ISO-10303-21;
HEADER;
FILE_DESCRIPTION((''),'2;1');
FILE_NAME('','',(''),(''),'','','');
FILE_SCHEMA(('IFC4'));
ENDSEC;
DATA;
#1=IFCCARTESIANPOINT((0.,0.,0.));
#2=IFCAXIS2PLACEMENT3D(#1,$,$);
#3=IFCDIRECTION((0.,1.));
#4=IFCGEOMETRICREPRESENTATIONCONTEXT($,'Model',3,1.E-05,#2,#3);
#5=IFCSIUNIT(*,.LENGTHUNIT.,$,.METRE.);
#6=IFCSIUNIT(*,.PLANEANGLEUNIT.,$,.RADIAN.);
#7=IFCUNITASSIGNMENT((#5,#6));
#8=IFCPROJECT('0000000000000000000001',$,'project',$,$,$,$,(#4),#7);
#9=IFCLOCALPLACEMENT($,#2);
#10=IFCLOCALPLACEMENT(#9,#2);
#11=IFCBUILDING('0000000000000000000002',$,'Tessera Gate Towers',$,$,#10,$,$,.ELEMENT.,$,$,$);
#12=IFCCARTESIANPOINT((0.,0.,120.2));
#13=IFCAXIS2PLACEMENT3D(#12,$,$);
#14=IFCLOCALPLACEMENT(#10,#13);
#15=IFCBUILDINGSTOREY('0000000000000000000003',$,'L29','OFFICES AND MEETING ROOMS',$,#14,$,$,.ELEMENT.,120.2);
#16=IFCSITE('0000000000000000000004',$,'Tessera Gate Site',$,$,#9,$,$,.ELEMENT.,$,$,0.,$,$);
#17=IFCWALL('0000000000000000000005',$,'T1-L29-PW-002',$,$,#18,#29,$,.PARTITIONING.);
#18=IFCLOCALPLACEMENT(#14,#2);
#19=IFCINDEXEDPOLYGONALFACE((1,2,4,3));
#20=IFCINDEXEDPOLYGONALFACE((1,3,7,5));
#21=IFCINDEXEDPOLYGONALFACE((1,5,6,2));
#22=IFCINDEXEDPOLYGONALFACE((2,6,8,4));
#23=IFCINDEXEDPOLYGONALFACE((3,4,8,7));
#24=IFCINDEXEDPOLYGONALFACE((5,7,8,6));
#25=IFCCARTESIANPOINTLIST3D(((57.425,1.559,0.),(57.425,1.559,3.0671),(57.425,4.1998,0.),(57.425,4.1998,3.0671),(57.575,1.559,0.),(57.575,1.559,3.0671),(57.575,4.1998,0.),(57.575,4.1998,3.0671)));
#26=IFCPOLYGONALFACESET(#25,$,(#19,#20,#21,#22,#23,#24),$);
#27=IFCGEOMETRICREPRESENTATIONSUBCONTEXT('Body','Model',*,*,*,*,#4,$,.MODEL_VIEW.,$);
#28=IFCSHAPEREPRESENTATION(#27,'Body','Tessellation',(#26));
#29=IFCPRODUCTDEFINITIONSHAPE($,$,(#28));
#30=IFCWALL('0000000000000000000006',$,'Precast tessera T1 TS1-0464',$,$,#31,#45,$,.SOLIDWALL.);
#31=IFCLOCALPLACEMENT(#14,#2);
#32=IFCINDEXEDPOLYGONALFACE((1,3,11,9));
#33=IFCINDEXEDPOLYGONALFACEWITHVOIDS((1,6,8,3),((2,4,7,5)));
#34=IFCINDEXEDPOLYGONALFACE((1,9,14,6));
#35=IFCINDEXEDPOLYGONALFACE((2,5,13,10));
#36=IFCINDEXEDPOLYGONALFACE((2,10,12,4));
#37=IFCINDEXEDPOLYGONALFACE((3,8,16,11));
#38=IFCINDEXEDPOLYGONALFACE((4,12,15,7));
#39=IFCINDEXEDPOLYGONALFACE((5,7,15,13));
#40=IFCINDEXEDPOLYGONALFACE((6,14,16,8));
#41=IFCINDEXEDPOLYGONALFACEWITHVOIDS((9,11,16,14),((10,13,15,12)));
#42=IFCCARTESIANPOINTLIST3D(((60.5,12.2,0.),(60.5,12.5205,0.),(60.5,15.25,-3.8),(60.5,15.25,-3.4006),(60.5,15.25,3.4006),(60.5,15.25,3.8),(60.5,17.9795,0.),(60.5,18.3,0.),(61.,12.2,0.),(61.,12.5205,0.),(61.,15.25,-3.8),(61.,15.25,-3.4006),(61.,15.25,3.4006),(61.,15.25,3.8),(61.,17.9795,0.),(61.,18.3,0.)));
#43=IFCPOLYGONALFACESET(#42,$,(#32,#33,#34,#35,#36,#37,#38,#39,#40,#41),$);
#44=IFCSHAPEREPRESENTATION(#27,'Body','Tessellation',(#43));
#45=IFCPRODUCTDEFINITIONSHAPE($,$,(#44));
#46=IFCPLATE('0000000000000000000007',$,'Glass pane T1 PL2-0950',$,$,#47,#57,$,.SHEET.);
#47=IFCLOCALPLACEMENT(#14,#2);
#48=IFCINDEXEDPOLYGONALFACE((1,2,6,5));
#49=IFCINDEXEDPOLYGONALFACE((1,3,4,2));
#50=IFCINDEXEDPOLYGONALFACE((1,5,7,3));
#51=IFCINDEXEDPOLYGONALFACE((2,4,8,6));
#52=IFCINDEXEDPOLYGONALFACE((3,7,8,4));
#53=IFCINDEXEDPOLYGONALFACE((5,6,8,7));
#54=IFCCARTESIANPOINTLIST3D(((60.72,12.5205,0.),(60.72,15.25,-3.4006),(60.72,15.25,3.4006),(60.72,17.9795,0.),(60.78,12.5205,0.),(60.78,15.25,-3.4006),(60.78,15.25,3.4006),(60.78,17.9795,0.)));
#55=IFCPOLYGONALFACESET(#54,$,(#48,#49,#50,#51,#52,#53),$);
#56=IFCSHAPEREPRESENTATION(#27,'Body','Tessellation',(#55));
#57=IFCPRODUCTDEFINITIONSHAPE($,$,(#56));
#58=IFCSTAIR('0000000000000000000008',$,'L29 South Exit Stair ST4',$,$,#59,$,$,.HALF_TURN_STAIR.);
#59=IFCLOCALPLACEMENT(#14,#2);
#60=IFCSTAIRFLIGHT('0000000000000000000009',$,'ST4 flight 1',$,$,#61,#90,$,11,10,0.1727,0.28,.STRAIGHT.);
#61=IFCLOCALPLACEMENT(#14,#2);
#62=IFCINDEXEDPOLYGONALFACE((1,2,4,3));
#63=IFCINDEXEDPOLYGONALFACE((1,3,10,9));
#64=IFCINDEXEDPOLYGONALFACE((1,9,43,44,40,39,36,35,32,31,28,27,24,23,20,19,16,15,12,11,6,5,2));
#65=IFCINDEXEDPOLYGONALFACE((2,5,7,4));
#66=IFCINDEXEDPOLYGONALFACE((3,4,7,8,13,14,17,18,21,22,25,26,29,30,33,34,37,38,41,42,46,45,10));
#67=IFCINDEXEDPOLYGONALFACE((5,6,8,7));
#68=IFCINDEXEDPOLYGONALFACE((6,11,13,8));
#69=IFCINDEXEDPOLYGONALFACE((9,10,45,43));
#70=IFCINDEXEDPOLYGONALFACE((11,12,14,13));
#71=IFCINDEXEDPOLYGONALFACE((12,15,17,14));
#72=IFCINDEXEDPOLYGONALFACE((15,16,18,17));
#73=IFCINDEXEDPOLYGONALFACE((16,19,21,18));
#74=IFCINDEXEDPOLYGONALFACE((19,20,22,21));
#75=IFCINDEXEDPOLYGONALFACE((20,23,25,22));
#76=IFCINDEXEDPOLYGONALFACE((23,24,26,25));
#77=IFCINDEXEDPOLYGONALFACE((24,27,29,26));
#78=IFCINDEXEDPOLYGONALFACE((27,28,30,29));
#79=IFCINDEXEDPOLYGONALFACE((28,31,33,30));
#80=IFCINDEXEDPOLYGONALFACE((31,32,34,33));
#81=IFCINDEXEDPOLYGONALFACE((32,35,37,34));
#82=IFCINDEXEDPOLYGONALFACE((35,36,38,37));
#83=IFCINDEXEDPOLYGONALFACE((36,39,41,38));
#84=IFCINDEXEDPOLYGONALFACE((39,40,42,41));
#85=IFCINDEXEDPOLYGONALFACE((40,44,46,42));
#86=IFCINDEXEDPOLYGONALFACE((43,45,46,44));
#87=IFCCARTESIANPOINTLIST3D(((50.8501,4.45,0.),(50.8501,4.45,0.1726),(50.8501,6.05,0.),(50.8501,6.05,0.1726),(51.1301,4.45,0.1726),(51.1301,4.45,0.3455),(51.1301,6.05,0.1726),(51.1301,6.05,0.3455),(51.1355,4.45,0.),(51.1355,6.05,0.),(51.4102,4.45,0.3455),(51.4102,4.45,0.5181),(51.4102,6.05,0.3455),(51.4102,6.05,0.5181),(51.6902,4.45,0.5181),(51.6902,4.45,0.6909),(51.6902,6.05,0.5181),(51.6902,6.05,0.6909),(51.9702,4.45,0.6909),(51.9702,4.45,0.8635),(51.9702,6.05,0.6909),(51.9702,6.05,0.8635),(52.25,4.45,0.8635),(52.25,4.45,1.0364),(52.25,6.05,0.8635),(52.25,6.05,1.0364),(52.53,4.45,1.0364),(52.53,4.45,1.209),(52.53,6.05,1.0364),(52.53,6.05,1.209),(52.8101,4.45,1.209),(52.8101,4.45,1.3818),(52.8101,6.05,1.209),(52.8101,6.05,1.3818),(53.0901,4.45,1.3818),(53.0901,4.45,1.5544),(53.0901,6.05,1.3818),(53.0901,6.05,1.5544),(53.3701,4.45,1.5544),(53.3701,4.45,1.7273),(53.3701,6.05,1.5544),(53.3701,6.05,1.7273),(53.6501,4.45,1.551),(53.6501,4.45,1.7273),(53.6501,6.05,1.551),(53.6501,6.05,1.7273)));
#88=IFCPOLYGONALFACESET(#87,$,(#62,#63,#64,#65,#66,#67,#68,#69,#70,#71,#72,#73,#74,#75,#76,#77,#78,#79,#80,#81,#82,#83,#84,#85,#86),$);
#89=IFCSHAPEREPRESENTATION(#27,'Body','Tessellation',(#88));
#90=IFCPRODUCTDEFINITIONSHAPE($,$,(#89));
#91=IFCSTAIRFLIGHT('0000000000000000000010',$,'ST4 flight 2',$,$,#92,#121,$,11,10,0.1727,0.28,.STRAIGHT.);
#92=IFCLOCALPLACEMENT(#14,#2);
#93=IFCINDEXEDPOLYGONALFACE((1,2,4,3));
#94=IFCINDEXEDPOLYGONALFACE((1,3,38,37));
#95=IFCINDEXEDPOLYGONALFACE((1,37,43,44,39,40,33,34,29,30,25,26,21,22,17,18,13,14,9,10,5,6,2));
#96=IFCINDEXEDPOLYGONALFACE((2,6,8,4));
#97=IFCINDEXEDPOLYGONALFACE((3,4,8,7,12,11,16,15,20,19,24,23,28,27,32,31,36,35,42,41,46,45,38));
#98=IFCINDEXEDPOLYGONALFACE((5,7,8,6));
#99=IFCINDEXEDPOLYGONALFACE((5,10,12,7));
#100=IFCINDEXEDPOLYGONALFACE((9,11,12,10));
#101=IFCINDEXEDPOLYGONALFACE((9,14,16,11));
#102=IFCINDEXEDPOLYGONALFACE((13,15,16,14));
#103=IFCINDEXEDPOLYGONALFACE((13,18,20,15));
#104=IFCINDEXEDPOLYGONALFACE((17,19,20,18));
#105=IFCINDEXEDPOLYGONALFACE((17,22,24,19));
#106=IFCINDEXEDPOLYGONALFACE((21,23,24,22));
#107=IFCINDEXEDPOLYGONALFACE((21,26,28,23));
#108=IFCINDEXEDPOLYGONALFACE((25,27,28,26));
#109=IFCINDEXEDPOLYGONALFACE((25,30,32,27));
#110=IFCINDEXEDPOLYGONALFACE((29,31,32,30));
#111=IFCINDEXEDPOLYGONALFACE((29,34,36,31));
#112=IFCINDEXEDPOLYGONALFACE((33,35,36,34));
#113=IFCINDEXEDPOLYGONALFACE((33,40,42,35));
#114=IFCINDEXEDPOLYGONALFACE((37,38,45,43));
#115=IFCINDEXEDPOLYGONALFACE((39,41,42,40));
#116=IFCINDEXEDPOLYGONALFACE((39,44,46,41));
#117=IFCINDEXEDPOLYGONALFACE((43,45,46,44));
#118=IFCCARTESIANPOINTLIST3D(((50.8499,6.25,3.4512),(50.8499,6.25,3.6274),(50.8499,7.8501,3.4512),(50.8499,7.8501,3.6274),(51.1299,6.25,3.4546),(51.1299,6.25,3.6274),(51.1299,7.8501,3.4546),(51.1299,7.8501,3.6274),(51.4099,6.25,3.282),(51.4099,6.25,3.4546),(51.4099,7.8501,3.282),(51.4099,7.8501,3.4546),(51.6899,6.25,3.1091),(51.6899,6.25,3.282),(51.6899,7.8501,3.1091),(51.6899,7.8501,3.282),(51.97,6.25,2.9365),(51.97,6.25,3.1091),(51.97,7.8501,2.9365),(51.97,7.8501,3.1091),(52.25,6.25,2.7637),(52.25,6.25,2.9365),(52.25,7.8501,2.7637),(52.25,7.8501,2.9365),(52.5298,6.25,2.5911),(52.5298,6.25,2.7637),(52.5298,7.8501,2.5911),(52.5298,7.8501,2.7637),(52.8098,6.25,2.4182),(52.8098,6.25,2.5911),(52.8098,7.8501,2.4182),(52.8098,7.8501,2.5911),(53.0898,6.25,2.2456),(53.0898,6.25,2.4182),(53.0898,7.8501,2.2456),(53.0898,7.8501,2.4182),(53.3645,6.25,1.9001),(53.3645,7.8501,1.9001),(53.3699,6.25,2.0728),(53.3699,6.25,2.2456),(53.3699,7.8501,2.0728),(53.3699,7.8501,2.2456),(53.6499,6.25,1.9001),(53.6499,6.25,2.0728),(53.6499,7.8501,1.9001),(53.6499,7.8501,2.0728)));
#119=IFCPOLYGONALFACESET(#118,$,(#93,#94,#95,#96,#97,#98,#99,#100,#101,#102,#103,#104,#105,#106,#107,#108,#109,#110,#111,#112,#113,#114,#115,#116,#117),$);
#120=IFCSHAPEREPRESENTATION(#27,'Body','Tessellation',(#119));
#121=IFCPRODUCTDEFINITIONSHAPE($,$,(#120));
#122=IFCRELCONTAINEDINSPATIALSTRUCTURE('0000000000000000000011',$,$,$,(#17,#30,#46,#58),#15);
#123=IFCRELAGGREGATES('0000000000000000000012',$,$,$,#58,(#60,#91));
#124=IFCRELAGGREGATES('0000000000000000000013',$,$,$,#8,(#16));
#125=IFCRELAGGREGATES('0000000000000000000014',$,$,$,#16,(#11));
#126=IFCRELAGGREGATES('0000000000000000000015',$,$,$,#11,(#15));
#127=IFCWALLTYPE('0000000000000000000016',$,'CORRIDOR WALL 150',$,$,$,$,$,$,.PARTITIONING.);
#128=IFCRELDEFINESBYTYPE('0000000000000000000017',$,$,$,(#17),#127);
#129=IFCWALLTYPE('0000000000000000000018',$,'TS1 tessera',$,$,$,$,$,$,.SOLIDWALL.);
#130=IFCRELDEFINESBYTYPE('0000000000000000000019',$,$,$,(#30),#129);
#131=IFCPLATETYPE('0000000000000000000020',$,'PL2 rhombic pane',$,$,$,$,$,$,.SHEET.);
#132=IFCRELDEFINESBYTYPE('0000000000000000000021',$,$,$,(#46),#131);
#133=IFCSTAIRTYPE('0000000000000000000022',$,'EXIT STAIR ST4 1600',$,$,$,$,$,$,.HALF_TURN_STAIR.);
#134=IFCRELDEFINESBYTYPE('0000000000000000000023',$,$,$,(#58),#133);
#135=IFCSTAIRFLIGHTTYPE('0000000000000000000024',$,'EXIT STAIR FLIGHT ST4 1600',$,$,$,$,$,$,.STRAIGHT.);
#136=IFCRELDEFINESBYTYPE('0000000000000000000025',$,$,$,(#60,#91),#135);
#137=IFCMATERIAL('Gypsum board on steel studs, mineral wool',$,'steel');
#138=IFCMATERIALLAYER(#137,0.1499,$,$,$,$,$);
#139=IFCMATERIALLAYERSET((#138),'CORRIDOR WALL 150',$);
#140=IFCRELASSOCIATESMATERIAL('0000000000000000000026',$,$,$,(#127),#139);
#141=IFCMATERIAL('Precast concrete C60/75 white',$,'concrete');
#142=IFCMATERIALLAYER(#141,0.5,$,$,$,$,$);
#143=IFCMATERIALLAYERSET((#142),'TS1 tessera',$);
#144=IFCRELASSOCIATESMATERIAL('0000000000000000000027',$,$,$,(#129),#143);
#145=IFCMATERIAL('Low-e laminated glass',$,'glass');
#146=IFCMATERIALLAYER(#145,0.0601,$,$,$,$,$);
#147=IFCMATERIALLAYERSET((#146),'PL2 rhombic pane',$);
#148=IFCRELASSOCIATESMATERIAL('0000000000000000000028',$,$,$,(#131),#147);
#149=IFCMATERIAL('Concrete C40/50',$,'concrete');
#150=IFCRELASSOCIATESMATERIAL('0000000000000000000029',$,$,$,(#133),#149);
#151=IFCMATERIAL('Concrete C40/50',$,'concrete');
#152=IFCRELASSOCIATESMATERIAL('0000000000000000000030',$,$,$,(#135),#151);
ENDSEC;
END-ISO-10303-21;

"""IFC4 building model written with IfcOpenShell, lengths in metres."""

from ifc_helpers import new_model, si_unit, direction, frame, frame_2d, origin, place, context, subcontext, project, spatial, polyline, rectangle, outline, extrude, source, transform, mapped, material, layer, layer_set, type_object, element, fill, aggregate, save


model = new_model("IFC4")

# Units and contexts
model_context = context("Model", 3, precision=1e-05, world=origin(), true_north=direction((0.0, 1.0)))
body_context = subcontext(model_context, "Body", "Model", "MODEL_VIEW")
ifc_project = project(units=[si_unit("LENGTHUNIT", "METRE"), si_unit("PLANEANGLEUNIT", "RADIAN")], contexts=[model_context])

# Site, building, storey
site_placement = place(None, origin())
site = spatial("IfcSite", under=ifc_project, at=site_placement, Name="Tessera Gate Site", CompositionType="ELEMENT", RefElevation=0.0)
building_placement = place(site_placement, origin())
building = spatial("IfcBuilding", under=site, at=building_placement, Name="Tessera Gate Towers", CompositionType="ELEMENT")
storey_placement = place(building_placement, frame((0.0, 0.0, 120.2)))
storey = spatial("IfcBuildingStorey", under=building, at=storey_placement, Name="L29", Description="OFFICES AND MEETING ROOMS", CompositionType="ELEMENT", Elevation=120.2)

# Wall
ifc_material_1 = material(Name="Gypsum board on steel studs, mineral wool", Category="steel")
ifc_layer_1 = layer(ifc_material_1, 0.1499)
ifc_layer_set_1 = layer_set([ifc_layer_1], Name="CORRIDOR WALL 150")
wall_type_1 = type_object("IfcWallType", Name="CORRIDOR WALL 150", PredefinedType="PARTITIONING", material=ifc_layer_set_1)
wall_1_placement = place(storey_placement, frame((57.5, 1.5591, 0.0), z_axis=(0.0, 0.0, 1.0), x_axis=(0.0, 1.0, 0.0)))
element("IfcWall", 1, at=wall_1_placement, inside=storey, type_object=wall_type_1, Name="T1-L29-PW-002", PredefinedType="PARTITIONING", context=body_context, shape_type="SweptSolid", body=[
    extrude(rectangle(XDim=2.6409, YDim=0.1499, at=frame_2d((1.3203, 0.0))), origin(), (0.0, 0.0, 1.0), 3.0671),
])

# Wall, opening, plate
ifc_material_2 = material(Name="Precast concrete C60/75 white", Category="concrete")
ifc_layer_2 = layer(ifc_material_2, 0.5)
ifc_layer_set_2 = layer_set([ifc_layer_2], Name="TS1 tessera")
wall_type_2 = type_object("IfcWallType", Name="TS1 tessera", PredefinedType="SOLIDWALL", material=ifc_layer_set_2)
shared_shape_1 = source(origin(), body_context, "Body", "SweptSolid", [
    extrude(outline(polyline([(3.05, 0.0), (6.1001, 3.8), (3.05, 7.6001), (0.0, 3.8), (3.05, 0.0)])), frame((0.0, 0.25, 0.0), z_axis=(0.0, -1.0, 0.0), x_axis=(1.0, 0.0, 0.0)), (0.0, 0.0, 1.0), 0.5),
])
wall_2_placement = place(storey_placement, frame((60.75, 12.2, -3.8), z_axis=(0.0, 0.0, 1.0), x_axis=(0.0, 1.0, 0.0)))
wall_2 = element("IfcWall", 2, at=wall_2_placement, inside=storey, type_object=wall_type_2, Name="Precast tessera T1 TS1-0464", PredefinedType="SOLIDWALL", context=body_context, shape_type="MappedRepresentation", body=[
    mapped(shared_shape_1, transform((0.0, 0.0, 0.0), scale=1.0)),
])
shared_shape_2 = source(origin(), body_context, "Body", "SweptSolid", [
    extrude(outline(polyline([(3.05, 0.3994), (5.7795, 3.8), (3.05, 7.2007), (0.3206, 3.8), (3.05, 0.3994)])), frame((0.0, 0.26, 0.0), z_axis=(0.0, -1.0, 0.0), x_axis=(1.0, 0.0, 0.0)), (0.0, 0.0, 1.0), 0.52),
])
opening_1_placement = place(wall_2_placement, origin())
opening_1 = element("IfcOpeningElement", 3, at=opening_1_placement, cuts=wall_2, PredefinedType="OPENING", context=body_context, shape_type="MappedRepresentation", body=[
    mapped(shared_shape_2, transform((0.0, 0.0, 0.0), scale=1.0)),
])
ifc_material_3 = material(Name="Low-e laminated glass", Category="glass")
ifc_layer_3 = layer(ifc_material_3, 0.0601)
ifc_layer_set_3 = layer_set([ifc_layer_3], Name="PL2 rhombic pane")
plate_type = type_object("IfcPlateType", Name="PL2 rhombic pane", PredefinedType="SHEET", material=ifc_layer_set_3)
shared_shape_3 = source(origin(), body_context, "Body", "SweptSolid", [
    extrude(outline(polyline([(3.05, 0.3994), (5.7795, 3.8), (3.05, 7.2007), (0.3206, 3.8), (3.05, 0.3994)])), frame((0.0, 0.03, 0.0), z_axis=(0.0, -1.0, 0.0), x_axis=(1.0, 0.0, 0.0)), (0.0, 0.0, 1.0), 0.0601),
])
plate_placement = place(opening_1_placement, origin())
plate = element("IfcPlate", 4, at=plate_placement, inside=storey, type_object=plate_type, Name="Glass pane T1 PL2-0950", PredefinedType="SHEET", context=body_context, shape_type="MappedRepresentation", body=[
    mapped(shared_shape_3, transform((0.0, 0.0, 0.0), scale=1.0)),
])
fill(opening_1, plate)

# Stair, stair flights
ifc_material_4 = material(Name="Concrete C40/50", Category="concrete")
stair_type = type_object("IfcStairType", Name="EXIT STAIR ST4 1600", PredefinedType="HALF_TURN_STAIR", material=ifc_material_4)
stair_placement = place(storey_placement, origin())
stair = element("IfcStair", 5, at=stair_placement, inside=storey, type_object=stair_type, Name="L29 South Exit Stair ST4", PredefinedType="HALF_TURN_STAIR")
ifc_material_5 = material(Name="Concrete C40/50", Category="concrete")
stair_flight_type = type_object("IfcStairFlightType", Name="EXIT STAIR FLIGHT ST4 1600", PredefinedType="STRAIGHT", material=ifc_material_5)
stair_flight_1_placement = place(storey_placement, frame((50.8501, 5.25, 0.0), z_axis=(0.0, 0.0, 1.0), x_axis=(1.0, 0.0, 0.0)))
stair_flight_1 = element("IfcStairFlight", 6, at=stair_flight_1_placement, type_object=stair_flight_type, Name="ST4 flight 1", NumberOfRisers=11, NumberOfTreads=10, PredefinedType="STRAIGHT", RiserHeight=0.1727, TreadLength=0.28, context=body_context, shape_type="SweptSolid", body=[
    extrude(outline(polyline([(0.0, 0.0), (0.0, 0.1726), (0.28, 0.1726), (0.28, 0.3455), (0.5601, 0.3455), (0.5601, 0.5181), (0.8401, 0.5181), (0.8401, 0.6909), (1.1201, 0.6909), (1.1201, 0.8635), (1.3999, 0.8635), (1.3999, 1.0364), (1.6799, 1.0364), (1.6799, 1.209), (1.96, 1.209), (1.96, 1.3818), (2.24, 1.3818), (2.24, 1.5544), (2.52, 1.5544), (2.52, 1.7273), (2.8, 1.7273), (2.8, 1.8999), (2.8, 1.551), (0.2854, 0.0), (0.0, 0.0)])), frame((0.0, 0.8, 0.0), z_axis=(0.0, -1.0, 0.0), x_axis=(1.0, 0.0, 0.0)), (0.0, 0.0, 1.0), 1.6001),
])
stair_flight_2_placement = place(storey_placement, frame((53.6499, 7.05, 1.9001), z_axis=(0.0, 0.0, 1.0), x_axis=(-1.0, 0.0, 0.0)))
stair_flight_2 = element("IfcStairFlight", 7, at=stair_flight_2_placement, type_object=stair_flight_type, Name="ST4 flight 2", NumberOfRisers=11, NumberOfTreads=10, PredefinedType="STRAIGHT", RiserHeight=0.1727, TreadLength=0.28, context=body_context, shape_type="SweptSolid", body=[
    extrude(outline(polyline([(0.0, 0.0), (0.0, 0.1726), (0.28, 0.1726), (0.28, 0.3455), (0.5601, 0.3455), (0.5601, 0.5181), (0.8401, 0.5181), (0.8401, 0.6909), (1.1201, 0.6909), (1.1201, 0.8635), (1.3999, 0.8635), (1.3999, 1.0364), (1.6799, 1.0364), (1.6799, 1.209), (1.96, 1.209), (1.96, 1.3818), (2.24, 1.3818), (2.24, 1.5544), (2.52, 1.5544), (2.52, 1.7273), (2.8, 1.7273), (2.8, 1.8999), (2.8, 1.551), (0.2854, 0.0), (0.0, 0.0)])), frame((0.0, 0.8, 0.0), z_axis=(0.0, -1.0, 0.0), x_axis=(1.0, 0.0, 0.0)), (0.0, 0.0, 1.0), 1.6001),
])
aggregate(stair, [stair_flight_1, stair_flight_2])

save(model, "model.ifc")
